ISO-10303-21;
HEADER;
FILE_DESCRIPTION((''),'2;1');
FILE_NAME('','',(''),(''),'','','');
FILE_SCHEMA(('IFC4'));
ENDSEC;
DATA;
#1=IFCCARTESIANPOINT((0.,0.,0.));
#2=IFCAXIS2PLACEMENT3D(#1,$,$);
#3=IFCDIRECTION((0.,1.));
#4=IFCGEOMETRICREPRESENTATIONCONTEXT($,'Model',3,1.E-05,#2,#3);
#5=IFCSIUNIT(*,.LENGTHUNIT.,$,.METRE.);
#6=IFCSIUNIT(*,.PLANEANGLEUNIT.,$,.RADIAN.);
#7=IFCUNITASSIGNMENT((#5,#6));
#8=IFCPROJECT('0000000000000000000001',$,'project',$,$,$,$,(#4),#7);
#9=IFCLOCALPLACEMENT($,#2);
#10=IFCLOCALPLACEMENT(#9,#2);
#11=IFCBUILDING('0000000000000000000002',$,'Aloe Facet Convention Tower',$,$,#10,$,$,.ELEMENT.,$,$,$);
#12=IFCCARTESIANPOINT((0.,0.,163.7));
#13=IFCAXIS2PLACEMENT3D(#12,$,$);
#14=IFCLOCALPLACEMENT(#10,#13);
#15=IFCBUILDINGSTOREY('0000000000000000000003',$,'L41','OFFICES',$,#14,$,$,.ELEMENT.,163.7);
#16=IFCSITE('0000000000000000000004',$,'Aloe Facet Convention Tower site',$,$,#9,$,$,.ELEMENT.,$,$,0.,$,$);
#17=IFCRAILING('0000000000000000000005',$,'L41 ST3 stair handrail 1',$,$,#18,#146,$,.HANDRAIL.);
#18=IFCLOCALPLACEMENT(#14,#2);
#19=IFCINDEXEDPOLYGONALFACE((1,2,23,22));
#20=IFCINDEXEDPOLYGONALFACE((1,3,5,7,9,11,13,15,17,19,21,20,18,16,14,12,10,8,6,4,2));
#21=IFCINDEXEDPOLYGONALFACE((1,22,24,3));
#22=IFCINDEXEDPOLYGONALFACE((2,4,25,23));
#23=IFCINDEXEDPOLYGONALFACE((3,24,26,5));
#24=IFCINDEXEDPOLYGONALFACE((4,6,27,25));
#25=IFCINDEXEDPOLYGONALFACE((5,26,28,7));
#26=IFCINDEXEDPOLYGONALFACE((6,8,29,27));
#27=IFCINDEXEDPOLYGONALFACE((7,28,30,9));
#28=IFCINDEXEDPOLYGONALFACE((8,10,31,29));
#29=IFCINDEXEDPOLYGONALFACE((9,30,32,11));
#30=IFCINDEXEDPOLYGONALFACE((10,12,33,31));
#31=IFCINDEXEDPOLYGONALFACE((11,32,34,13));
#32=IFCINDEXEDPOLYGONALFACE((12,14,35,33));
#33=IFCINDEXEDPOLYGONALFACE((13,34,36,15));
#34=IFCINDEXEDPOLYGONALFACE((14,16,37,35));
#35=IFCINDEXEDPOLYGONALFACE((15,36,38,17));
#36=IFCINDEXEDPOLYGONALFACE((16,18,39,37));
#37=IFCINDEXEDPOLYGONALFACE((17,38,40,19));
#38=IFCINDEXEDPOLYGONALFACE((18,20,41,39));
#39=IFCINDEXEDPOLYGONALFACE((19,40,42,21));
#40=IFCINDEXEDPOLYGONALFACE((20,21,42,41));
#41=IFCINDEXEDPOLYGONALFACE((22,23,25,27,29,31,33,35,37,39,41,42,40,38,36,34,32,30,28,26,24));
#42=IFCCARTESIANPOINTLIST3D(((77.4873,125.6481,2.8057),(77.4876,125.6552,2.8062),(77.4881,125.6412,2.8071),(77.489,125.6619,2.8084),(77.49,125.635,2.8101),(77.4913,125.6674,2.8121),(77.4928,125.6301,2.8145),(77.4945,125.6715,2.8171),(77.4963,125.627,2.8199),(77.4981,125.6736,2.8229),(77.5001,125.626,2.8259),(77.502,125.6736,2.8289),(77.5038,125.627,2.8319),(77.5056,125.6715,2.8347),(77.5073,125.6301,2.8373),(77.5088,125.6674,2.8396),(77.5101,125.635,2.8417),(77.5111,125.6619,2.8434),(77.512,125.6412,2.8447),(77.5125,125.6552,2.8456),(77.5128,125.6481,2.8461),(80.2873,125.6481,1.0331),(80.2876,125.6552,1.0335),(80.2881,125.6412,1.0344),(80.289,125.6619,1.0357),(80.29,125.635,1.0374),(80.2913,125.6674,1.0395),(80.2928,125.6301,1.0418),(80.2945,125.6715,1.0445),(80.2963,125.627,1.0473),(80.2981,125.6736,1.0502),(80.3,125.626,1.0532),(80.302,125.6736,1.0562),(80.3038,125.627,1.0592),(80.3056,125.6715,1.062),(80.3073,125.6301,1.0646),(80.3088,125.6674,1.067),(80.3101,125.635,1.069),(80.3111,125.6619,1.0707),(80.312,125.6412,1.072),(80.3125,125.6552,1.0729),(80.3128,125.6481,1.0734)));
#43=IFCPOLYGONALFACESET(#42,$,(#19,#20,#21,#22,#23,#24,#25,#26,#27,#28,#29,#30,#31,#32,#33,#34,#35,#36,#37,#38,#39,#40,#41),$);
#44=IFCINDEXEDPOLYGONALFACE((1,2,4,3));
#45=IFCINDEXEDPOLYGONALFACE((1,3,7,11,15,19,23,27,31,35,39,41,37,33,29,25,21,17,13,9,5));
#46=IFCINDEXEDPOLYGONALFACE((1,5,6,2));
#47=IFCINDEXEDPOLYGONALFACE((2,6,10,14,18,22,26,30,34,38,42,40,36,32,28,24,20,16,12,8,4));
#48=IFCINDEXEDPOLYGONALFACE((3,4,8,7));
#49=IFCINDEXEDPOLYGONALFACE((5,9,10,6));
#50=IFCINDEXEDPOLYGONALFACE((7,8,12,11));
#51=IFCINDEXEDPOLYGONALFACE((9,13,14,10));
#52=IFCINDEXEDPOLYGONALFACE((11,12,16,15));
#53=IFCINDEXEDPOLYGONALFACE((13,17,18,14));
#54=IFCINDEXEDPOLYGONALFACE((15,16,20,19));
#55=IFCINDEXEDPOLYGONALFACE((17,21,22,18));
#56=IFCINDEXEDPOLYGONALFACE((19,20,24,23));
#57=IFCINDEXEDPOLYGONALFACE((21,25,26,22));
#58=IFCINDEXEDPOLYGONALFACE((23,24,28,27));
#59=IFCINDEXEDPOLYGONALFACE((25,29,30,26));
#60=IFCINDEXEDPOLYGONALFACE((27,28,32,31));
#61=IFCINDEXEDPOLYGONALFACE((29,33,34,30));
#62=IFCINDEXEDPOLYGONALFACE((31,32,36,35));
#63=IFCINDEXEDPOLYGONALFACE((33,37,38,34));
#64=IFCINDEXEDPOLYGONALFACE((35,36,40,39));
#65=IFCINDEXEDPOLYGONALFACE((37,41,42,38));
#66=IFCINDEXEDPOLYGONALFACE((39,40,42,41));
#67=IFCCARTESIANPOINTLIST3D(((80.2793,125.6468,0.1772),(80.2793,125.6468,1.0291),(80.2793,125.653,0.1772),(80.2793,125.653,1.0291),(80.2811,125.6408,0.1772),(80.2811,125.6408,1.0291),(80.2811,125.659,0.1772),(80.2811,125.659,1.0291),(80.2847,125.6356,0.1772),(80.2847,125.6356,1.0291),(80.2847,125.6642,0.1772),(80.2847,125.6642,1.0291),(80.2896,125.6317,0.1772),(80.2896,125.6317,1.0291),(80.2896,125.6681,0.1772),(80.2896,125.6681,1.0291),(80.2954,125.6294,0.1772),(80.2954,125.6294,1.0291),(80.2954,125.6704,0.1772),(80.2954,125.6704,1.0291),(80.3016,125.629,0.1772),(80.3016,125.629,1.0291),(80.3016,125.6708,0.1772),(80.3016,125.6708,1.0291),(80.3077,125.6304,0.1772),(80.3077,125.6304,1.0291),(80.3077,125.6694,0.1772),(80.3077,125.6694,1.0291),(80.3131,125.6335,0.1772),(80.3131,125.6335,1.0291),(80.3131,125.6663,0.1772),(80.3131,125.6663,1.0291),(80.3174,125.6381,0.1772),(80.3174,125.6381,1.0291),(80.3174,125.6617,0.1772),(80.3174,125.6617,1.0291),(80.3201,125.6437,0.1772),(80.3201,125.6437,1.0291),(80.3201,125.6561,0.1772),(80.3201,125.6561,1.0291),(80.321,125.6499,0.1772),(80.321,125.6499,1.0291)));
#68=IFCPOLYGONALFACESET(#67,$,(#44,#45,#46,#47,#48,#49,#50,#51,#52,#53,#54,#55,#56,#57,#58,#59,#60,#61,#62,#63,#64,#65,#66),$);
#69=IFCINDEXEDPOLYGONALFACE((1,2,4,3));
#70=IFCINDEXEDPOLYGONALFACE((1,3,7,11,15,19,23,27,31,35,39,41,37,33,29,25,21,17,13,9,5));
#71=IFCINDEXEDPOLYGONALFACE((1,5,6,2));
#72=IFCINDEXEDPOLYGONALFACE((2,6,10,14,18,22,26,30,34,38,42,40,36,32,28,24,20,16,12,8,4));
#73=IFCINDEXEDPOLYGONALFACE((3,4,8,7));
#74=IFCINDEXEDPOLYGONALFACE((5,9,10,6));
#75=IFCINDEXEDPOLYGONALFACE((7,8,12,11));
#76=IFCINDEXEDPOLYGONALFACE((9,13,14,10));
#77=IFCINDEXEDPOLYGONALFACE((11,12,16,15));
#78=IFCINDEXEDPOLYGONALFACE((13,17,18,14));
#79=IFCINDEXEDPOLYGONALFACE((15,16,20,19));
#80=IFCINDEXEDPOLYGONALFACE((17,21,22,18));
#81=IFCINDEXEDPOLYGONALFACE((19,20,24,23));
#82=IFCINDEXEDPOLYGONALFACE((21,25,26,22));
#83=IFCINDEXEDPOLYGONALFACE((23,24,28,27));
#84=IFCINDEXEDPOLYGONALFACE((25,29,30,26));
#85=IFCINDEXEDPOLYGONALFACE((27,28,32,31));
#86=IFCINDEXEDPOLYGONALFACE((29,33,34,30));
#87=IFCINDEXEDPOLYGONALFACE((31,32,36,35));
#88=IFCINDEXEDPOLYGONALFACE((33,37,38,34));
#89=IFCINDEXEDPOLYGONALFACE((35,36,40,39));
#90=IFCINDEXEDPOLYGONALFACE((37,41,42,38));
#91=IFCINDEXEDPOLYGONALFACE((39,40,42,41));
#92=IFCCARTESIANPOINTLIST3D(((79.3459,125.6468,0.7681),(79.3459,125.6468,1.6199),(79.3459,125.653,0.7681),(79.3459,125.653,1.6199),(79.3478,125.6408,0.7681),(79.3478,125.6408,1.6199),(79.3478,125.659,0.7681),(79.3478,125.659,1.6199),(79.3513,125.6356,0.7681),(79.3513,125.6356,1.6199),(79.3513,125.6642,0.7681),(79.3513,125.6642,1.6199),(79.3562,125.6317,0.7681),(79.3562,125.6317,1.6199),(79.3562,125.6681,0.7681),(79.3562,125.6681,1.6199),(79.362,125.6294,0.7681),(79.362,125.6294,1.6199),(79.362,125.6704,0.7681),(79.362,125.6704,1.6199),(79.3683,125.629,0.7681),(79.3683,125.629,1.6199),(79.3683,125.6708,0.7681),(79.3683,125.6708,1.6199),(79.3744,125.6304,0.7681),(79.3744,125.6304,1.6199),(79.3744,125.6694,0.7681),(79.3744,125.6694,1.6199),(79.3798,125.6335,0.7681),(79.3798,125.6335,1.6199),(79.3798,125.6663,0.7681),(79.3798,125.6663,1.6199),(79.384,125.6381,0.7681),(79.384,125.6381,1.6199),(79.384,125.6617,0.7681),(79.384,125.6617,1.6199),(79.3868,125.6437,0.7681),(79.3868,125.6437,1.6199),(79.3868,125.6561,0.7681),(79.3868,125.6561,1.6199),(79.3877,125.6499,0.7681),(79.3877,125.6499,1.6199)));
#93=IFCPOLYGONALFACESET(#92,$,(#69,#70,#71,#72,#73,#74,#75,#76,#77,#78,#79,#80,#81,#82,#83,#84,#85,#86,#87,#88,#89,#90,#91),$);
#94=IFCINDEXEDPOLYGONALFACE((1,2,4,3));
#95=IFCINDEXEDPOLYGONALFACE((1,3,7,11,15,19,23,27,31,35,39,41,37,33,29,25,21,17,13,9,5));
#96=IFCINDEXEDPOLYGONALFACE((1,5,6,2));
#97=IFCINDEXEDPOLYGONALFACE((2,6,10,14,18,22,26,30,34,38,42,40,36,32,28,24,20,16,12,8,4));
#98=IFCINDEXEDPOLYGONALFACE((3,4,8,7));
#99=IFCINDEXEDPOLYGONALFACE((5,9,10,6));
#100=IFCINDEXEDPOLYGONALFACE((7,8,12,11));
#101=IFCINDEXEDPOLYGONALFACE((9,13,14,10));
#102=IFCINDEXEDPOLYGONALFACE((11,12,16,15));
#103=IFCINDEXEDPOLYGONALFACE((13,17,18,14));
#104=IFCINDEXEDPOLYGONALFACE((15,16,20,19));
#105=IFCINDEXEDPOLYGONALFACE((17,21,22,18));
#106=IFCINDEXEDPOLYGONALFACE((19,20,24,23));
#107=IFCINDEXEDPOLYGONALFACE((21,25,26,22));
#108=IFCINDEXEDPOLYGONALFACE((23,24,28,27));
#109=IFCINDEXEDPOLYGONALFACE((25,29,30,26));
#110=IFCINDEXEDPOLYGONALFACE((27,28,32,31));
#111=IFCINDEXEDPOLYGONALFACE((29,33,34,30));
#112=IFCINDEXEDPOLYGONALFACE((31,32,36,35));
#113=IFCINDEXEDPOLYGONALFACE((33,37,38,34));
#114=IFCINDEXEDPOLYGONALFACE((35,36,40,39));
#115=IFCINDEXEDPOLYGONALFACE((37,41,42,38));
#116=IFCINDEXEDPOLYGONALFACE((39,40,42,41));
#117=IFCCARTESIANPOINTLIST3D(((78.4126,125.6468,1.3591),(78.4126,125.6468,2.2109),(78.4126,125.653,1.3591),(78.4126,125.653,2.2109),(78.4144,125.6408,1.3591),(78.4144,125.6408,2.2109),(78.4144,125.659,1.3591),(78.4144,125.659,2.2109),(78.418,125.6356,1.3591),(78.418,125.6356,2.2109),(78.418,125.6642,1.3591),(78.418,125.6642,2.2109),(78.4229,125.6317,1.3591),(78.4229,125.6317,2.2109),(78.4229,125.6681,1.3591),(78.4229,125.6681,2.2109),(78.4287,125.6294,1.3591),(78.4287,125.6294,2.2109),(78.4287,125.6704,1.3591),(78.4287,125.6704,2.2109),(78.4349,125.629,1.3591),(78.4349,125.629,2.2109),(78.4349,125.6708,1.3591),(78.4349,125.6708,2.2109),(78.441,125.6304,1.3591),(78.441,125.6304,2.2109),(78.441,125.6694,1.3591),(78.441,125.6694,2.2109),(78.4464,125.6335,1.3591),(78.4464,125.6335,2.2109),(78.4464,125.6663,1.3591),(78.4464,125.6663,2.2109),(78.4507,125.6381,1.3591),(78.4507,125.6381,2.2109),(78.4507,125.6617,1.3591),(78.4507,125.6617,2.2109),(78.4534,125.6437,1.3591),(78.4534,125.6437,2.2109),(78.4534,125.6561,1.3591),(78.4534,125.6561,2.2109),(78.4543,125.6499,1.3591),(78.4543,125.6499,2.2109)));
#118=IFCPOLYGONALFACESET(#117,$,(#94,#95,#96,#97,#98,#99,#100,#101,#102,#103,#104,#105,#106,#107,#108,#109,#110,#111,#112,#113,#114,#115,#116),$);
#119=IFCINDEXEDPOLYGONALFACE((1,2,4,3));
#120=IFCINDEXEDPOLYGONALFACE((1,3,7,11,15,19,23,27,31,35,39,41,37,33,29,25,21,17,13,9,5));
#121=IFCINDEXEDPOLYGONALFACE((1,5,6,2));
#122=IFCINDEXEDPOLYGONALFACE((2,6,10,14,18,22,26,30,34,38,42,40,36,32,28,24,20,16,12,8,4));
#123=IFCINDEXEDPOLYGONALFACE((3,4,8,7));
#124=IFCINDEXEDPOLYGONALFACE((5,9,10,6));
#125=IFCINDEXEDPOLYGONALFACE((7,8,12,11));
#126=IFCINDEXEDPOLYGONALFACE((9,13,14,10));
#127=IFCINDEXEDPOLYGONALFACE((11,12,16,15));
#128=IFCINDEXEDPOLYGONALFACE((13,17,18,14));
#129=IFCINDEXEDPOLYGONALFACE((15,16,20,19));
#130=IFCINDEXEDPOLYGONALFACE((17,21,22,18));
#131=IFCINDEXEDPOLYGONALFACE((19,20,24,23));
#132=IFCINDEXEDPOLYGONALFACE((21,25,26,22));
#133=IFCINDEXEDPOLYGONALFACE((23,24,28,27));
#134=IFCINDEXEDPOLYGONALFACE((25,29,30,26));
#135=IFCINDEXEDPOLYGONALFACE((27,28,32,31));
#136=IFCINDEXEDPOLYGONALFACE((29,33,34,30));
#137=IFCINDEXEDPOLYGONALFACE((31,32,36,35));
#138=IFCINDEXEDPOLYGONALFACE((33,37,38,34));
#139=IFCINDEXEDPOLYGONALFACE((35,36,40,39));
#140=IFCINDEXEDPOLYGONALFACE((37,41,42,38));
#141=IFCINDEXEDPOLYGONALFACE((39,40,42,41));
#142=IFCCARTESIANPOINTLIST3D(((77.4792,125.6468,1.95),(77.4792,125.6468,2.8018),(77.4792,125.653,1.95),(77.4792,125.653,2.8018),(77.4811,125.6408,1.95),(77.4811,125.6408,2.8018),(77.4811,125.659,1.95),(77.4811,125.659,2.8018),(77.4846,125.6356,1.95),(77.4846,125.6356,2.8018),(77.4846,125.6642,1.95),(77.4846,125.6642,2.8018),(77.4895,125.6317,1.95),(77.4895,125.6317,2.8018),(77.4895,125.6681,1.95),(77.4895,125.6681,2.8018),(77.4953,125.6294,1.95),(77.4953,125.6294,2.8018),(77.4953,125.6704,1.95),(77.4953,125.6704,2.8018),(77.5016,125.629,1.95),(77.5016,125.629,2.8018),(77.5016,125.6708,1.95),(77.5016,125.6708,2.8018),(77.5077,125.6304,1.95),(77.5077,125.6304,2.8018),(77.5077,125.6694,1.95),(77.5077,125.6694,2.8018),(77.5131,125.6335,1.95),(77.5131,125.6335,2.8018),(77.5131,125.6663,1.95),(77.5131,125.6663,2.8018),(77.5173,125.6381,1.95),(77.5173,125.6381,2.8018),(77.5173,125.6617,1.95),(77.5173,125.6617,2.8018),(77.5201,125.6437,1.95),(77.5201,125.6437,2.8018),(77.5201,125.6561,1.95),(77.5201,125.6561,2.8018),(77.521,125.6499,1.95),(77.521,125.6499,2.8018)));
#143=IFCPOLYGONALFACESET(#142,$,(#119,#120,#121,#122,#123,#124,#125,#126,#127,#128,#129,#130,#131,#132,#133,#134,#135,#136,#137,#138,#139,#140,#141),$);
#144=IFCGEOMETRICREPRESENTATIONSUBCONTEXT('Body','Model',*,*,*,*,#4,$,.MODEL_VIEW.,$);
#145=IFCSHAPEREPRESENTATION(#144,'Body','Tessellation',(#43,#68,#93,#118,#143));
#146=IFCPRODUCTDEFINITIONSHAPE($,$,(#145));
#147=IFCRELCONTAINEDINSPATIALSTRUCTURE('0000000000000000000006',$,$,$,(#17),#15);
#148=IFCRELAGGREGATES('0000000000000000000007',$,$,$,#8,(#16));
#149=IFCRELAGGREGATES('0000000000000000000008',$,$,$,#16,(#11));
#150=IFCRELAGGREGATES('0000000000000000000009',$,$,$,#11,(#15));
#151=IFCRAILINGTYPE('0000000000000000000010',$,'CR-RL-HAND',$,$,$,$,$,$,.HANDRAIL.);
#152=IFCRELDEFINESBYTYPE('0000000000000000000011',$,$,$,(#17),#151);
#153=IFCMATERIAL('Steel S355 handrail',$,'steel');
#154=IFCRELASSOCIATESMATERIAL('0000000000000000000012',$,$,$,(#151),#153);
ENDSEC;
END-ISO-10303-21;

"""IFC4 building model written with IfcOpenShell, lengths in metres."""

from ifc_helpers import new_model, si_unit, direction, frame, origin, origin_2d, place, context, subcontext, project, spatial, circle, extrude, material, type_object, element, save


model = new_model("IFC4")

# Units and contexts
model_context = context("Model", 3, precision=1e-05, world=origin(), true_north=direction((0.0, 1.0)))
body_context = subcontext(model_context, "Body", "Model", "MODEL_VIEW")
ifc_project = project(units=[si_unit("LENGTHUNIT", "METRE"), si_unit("PLANEANGLEUNIT", "RADIAN")], contexts=[model_context])

# Site, building, storey
site_placement = place(None, origin())
site = spatial("IfcSite", under=ifc_project, at=site_placement, Name="Aloe Facet Convention Tower site", CompositionType="ELEMENT", RefElevation=0.0)
building_placement = place(site_placement, origin())
building = spatial("IfcBuilding", under=site, at=building_placement, Name="Aloe Facet Convention Tower", CompositionType="ELEMENT")
storey_placement = place(building_placement, frame((0.0, 0.0, 163.7)))
storey = spatial("IfcBuildingStorey", under=building, at=storey_placement, Name="L41", Description="OFFICES", CompositionType="ELEMENT", Elevation=163.7)

# Railing
ifc_material_1 = material(Name="Steel S355 handrail", Category="steel")
railing_type_1 = type_object("IfcRailingType", Name="CR-RL-HAND", PredefinedType="HANDRAIL", material=ifc_material_1)
railing_1_placement = place(storey_placement, frame((80.3, 125.6499, 0.1772)))
element("IfcRailing", 1, at=railing_1_placement, inside=storey, type_object=railing_type_1, Name="L41 ST3 stair handrail 1", PredefinedType="HANDRAIL", context=body_context, shape_type="SweptSolid", body=[
    extrude(circle(Radius=0.0239, at=origin_2d()), frame((0.0, 0.0, 0.876), z_axis=(-0.844909, 0.0, 0.53491), x_axis=(0.0, -1.0, 0.0)), (0.0, 0.0, 1.0), 3.314),
    extrude(circle(Radius=0.021, at=origin_2d()), origin(), (0.0, 0.0, 1.0), 0.8518),
    extrude(circle(Radius=0.021, at=origin_2d()), frame((-0.9333, 0.0, 0.5908)), (0.0, 0.0, 1.0), 0.8518),
    extrude(circle(Radius=0.021, at=origin_2d()), frame((-1.8667, 0.0, 1.1819)), (0.0, 0.0, 1.0), 0.8518),
    extrude(circle(Radius=0.021, at=origin_2d()), frame((-2.8, 0.0, 1.7727)), (0.0, 0.0, 1.0), 0.8518),
])

save(model, "model.ifc")
